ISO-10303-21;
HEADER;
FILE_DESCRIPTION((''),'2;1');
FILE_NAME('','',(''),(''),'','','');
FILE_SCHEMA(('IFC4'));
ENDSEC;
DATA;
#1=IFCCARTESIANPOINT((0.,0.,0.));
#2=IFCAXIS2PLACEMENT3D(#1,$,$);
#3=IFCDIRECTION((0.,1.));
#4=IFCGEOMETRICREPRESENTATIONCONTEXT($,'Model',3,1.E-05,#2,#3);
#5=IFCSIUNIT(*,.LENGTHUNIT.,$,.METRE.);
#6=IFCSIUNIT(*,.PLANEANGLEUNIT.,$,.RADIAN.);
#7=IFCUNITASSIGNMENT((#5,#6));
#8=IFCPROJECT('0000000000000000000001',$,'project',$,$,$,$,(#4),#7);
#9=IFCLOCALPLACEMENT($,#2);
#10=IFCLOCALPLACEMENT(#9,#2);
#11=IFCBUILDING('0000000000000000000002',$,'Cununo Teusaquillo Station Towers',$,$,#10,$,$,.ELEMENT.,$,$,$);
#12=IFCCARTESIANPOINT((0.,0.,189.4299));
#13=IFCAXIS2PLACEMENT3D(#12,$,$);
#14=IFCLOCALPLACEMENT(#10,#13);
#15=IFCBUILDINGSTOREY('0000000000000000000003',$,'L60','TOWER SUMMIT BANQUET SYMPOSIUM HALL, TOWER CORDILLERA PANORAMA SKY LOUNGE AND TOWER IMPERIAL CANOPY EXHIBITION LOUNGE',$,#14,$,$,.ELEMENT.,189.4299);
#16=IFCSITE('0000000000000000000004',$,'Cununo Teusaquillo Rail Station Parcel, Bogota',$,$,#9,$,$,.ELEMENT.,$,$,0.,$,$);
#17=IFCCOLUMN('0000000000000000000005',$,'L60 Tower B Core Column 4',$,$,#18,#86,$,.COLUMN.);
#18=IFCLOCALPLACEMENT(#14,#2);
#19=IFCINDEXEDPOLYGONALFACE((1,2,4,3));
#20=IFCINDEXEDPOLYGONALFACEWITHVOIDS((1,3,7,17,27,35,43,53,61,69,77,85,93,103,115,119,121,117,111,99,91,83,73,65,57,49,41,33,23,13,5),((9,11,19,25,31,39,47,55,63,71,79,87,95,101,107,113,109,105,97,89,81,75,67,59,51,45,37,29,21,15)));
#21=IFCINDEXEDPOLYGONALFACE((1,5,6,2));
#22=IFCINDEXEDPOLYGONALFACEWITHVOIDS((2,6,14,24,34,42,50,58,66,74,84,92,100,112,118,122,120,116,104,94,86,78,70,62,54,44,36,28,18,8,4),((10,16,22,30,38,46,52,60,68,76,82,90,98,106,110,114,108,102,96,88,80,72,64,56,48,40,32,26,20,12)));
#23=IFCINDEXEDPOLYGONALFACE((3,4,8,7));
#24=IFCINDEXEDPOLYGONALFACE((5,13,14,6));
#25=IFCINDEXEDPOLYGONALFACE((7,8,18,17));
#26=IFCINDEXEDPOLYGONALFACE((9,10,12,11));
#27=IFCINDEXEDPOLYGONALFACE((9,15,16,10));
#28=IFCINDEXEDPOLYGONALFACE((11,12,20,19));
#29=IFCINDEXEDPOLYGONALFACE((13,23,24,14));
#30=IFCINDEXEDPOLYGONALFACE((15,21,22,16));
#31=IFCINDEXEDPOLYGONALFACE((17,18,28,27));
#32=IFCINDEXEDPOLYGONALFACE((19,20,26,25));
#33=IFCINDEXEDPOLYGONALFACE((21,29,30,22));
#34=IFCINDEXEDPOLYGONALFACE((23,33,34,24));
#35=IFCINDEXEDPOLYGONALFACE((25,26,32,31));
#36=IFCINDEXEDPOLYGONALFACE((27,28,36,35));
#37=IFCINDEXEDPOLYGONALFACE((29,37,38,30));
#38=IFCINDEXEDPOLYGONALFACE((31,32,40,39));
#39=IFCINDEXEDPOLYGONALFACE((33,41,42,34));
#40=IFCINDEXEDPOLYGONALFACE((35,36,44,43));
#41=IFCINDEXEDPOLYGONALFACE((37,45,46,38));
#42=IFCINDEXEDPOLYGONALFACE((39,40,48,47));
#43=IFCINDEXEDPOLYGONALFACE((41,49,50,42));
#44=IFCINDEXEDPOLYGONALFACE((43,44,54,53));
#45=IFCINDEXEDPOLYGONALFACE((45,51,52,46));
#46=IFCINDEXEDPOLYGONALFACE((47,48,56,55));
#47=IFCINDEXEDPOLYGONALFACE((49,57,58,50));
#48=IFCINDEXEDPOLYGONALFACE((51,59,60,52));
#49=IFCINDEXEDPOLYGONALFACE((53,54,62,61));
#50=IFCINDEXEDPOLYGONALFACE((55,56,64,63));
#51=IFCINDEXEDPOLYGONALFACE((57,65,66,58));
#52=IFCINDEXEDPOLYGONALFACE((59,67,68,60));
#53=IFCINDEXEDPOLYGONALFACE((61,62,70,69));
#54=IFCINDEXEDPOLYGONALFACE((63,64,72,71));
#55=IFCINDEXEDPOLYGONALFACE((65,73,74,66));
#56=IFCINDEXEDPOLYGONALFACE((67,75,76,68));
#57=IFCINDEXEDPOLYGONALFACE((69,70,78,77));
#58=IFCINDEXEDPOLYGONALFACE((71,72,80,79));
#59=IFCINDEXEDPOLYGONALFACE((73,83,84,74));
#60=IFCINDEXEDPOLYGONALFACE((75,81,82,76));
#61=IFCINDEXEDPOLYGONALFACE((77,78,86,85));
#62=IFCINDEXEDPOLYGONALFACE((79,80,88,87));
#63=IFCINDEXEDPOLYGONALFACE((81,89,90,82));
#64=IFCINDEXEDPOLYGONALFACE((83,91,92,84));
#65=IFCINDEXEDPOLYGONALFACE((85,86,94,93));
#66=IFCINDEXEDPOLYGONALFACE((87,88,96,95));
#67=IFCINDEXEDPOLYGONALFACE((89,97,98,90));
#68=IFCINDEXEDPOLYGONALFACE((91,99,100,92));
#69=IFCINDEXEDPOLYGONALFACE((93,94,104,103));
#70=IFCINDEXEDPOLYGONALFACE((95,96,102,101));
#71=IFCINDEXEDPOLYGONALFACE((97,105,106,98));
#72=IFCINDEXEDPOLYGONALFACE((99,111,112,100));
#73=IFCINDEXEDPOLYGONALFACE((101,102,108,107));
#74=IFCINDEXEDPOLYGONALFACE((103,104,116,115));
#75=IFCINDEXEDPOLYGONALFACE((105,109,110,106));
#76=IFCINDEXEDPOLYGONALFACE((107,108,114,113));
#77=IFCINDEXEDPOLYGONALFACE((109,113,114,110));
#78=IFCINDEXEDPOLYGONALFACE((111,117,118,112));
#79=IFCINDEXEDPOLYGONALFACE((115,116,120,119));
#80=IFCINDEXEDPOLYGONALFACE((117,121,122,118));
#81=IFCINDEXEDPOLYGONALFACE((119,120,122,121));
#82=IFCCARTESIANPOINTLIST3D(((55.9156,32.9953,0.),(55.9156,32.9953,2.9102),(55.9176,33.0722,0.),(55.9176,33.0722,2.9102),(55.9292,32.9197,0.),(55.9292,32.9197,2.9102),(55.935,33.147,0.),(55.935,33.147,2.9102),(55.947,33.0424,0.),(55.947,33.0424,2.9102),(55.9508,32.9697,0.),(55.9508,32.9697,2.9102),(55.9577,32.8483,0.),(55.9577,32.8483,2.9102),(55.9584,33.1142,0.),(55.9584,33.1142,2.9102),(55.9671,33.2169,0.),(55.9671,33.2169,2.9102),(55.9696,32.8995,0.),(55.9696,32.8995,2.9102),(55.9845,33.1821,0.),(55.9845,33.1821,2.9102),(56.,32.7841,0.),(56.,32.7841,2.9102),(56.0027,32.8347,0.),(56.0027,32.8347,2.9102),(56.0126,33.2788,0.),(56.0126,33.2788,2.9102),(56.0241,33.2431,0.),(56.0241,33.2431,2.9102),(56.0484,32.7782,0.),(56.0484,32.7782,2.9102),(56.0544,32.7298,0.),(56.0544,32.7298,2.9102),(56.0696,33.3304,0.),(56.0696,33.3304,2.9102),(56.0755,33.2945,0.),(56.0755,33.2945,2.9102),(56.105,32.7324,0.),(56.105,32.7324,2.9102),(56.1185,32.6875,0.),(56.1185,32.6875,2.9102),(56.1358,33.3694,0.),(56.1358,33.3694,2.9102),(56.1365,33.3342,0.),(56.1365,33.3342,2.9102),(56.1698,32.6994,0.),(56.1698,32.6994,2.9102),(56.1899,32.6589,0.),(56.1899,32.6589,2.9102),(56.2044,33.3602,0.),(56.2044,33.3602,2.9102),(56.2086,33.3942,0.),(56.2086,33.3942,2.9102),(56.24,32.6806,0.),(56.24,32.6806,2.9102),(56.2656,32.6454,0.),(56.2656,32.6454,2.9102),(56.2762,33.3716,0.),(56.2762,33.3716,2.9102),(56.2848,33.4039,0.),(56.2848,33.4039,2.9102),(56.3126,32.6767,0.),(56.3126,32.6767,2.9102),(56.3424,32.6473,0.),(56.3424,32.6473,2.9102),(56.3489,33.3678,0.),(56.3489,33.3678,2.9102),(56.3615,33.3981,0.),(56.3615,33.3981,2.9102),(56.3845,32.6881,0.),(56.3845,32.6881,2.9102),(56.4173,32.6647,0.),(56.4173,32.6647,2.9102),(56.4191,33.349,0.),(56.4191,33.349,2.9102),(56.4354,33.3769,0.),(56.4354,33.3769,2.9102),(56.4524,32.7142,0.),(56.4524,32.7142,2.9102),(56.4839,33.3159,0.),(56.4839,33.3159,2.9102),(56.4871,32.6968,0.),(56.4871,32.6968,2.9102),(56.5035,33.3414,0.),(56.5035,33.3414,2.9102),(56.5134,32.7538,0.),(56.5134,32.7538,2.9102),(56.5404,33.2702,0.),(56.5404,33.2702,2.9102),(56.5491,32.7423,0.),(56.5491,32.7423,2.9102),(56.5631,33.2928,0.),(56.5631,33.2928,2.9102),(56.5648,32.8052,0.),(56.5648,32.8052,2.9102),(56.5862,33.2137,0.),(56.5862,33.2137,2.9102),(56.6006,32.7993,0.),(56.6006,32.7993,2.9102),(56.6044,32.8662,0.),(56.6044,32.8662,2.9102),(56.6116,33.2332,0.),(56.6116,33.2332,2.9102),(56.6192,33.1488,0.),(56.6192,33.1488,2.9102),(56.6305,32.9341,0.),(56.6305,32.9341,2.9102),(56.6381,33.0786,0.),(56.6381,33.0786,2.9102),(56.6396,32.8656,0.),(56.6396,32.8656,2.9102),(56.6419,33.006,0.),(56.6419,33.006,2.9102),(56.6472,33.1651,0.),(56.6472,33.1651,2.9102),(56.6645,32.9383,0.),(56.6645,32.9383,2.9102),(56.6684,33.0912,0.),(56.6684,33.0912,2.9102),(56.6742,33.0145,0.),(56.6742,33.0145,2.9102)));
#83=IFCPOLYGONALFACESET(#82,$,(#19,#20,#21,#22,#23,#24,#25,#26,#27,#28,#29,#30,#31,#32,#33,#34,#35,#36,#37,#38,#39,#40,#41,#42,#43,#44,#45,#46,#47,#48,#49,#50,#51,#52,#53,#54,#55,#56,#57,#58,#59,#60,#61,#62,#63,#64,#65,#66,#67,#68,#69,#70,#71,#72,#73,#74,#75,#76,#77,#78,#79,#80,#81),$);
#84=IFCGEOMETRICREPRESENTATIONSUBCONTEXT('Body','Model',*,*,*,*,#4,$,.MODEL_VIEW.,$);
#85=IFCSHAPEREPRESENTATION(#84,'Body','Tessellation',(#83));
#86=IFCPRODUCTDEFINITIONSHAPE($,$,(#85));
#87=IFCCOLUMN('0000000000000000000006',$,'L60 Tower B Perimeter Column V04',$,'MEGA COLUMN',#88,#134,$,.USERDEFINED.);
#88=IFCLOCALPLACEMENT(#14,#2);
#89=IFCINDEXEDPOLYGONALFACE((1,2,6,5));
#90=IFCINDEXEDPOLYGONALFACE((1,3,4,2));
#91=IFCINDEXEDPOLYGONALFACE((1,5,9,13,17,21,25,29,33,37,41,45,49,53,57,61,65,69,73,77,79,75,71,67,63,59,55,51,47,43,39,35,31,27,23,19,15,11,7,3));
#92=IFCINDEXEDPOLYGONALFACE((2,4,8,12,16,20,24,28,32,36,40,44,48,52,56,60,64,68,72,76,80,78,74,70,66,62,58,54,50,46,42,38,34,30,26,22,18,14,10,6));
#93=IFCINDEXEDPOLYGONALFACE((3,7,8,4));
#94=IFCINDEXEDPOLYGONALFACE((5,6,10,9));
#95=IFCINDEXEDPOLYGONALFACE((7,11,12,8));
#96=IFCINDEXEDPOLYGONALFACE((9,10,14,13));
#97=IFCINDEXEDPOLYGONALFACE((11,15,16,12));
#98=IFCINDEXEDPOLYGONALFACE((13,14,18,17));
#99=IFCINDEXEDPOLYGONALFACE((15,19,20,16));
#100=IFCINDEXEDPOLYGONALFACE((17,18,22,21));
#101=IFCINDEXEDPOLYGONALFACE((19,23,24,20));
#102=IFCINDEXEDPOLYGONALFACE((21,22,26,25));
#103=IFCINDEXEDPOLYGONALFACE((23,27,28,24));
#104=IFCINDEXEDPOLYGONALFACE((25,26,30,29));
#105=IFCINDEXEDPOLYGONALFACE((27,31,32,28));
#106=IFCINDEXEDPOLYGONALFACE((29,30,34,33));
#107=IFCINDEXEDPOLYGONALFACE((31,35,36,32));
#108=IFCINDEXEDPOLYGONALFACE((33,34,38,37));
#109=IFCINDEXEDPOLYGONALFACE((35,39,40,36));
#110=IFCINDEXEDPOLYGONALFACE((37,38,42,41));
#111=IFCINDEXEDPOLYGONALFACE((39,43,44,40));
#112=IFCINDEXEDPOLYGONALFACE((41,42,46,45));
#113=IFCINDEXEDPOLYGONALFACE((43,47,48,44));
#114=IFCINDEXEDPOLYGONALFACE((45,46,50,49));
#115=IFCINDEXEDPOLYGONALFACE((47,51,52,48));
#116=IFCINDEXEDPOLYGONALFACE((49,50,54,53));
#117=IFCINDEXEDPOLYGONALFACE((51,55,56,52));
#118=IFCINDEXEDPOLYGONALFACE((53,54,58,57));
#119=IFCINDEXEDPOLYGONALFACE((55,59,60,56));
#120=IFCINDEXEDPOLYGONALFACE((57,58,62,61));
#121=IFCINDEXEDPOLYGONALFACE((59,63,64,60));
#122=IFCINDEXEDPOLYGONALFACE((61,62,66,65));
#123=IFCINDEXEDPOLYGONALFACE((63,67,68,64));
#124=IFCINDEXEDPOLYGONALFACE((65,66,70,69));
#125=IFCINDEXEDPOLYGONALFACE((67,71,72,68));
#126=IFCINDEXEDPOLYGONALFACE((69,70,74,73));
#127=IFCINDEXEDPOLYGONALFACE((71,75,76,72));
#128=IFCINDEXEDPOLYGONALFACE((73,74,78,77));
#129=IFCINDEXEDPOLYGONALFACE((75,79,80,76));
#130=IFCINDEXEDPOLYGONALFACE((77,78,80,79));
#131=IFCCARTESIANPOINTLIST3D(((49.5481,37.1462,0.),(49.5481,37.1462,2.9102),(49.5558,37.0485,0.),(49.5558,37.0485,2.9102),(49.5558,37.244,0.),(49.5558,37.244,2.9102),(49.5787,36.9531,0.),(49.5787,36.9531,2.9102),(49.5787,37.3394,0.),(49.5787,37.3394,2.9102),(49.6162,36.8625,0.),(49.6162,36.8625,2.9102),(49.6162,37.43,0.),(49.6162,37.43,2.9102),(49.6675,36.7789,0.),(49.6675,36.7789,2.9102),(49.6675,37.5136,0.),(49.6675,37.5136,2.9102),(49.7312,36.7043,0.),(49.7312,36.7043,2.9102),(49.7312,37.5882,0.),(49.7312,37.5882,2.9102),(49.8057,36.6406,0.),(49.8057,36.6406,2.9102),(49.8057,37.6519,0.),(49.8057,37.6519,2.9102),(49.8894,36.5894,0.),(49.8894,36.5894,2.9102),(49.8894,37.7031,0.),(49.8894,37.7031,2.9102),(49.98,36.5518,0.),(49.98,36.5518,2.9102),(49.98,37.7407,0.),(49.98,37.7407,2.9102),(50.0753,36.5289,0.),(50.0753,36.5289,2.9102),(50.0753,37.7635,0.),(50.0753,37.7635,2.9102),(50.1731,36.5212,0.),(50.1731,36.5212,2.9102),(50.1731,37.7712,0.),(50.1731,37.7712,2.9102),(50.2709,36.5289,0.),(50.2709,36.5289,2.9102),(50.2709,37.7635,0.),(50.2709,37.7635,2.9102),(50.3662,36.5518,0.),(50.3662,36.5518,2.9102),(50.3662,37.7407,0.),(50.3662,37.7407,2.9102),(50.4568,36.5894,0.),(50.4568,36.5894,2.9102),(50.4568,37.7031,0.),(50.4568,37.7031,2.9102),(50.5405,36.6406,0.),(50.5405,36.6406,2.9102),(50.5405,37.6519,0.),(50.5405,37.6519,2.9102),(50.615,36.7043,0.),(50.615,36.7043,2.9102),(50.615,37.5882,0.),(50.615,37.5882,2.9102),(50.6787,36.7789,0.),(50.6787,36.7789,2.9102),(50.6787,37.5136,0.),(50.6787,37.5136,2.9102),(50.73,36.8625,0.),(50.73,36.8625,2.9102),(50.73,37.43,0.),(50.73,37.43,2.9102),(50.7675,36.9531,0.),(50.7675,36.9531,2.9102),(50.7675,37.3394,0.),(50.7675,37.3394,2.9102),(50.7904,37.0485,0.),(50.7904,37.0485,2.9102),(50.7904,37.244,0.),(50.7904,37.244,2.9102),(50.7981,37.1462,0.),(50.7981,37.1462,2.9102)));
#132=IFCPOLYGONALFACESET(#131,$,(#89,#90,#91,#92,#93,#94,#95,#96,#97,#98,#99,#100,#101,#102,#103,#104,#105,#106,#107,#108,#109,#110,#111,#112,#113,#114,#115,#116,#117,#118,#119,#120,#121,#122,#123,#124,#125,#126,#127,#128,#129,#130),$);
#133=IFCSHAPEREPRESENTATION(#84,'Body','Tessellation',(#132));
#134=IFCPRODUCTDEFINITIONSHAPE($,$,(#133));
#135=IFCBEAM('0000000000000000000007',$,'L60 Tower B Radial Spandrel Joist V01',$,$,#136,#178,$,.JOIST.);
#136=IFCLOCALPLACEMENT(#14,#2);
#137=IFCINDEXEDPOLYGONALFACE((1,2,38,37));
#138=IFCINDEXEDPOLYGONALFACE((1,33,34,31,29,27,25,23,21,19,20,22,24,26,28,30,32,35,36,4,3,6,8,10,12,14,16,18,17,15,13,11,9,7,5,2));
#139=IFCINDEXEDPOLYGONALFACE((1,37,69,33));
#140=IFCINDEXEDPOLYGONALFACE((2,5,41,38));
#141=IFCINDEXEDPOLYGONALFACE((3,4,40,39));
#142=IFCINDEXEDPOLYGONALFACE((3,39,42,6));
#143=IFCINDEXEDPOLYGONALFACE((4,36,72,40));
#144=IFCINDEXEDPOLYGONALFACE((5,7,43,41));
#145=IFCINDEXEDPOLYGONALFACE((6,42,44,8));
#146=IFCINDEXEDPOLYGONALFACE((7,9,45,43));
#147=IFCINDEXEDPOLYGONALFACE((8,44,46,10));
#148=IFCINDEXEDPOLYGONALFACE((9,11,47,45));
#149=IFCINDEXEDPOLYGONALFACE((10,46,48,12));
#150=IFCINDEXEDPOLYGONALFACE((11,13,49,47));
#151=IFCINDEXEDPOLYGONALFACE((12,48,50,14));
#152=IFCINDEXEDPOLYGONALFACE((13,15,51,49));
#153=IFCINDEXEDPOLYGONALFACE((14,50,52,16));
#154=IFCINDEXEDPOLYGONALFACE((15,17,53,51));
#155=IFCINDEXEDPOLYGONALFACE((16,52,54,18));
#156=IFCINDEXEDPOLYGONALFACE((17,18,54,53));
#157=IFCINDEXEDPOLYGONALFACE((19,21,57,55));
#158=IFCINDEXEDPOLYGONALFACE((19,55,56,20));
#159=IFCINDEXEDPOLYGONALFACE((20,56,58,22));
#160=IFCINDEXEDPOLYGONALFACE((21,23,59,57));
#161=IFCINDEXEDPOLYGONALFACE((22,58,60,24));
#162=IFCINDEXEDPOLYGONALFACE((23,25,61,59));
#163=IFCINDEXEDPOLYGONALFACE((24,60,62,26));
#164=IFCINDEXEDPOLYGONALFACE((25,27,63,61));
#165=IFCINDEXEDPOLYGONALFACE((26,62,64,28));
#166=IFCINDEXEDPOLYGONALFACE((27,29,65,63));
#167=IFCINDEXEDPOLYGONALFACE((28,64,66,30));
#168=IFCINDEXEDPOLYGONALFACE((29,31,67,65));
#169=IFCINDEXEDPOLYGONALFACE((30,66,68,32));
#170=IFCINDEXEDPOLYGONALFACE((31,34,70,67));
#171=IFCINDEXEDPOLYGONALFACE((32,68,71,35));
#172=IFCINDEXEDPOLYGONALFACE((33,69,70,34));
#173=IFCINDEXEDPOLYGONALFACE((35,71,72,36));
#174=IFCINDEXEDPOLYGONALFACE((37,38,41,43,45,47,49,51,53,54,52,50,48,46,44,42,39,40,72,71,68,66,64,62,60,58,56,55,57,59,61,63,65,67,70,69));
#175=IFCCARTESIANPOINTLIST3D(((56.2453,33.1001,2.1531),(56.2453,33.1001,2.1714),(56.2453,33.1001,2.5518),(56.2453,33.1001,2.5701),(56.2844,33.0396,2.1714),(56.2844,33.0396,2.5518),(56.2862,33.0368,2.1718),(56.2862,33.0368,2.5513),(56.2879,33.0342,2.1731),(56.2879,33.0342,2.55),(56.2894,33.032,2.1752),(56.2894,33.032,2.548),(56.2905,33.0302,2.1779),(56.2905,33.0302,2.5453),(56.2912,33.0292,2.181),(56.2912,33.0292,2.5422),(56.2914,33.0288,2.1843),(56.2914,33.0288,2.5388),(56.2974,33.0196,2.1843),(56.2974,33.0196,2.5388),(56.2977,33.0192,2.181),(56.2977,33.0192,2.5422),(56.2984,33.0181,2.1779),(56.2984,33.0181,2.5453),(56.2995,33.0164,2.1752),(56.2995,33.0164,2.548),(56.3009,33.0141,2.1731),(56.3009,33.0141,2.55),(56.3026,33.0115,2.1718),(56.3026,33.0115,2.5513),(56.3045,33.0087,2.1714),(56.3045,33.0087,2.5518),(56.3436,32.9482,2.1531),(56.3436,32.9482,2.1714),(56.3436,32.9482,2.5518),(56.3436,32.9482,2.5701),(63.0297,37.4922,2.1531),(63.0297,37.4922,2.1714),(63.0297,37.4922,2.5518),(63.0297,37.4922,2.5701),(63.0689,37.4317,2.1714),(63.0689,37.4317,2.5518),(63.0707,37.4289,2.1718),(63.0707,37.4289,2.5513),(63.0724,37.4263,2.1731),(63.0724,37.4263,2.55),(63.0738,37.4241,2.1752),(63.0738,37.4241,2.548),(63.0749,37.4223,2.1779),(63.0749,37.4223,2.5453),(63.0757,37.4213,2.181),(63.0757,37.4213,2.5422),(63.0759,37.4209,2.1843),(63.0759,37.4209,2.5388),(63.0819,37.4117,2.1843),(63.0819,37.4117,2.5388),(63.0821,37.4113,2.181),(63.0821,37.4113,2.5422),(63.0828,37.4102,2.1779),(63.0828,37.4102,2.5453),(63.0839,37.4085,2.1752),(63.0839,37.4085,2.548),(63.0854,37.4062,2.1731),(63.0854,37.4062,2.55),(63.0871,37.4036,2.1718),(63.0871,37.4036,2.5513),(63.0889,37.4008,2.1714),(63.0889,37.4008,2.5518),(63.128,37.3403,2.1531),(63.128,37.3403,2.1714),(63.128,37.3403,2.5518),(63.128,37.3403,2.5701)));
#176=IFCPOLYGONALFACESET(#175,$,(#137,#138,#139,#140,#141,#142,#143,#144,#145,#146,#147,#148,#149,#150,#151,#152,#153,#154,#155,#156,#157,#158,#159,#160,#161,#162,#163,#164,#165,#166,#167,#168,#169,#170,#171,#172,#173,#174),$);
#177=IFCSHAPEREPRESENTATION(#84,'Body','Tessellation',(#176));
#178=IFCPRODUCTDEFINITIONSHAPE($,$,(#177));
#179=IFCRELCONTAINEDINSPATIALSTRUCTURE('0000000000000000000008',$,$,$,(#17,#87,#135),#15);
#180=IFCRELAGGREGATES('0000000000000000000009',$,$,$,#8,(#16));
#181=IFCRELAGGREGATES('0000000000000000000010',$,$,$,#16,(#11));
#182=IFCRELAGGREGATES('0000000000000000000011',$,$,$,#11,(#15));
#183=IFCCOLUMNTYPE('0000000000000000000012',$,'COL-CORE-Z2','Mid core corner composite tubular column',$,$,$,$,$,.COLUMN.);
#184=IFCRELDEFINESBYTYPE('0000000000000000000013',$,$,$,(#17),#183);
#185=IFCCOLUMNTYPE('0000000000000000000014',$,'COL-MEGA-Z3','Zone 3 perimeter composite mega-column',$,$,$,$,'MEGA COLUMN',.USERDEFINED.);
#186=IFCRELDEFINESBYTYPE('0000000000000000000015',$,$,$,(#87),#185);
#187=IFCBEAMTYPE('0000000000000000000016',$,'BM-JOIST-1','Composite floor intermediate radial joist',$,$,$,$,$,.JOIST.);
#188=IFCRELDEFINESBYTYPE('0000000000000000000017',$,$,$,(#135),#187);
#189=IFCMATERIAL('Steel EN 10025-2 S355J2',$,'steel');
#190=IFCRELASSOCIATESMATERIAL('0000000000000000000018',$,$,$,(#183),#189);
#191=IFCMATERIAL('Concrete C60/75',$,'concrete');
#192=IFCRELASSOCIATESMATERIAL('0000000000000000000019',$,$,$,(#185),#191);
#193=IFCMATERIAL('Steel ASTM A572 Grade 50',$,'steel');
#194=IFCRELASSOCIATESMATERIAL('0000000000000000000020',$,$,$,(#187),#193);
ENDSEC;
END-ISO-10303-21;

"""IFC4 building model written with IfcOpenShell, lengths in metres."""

from ifc_helpers import new_model, si_unit, direction, frame, origin, origin_2d, place, context, subcontext, project, spatial, circle, hollow_circle, i_section, extrude, material, material_profile, profile_set, type_object, element, save


model = new_model("IFC4")

# Units and contexts
model_context = context("Model", 3, precision=1e-05, world=origin(), true_north=direction((0.0, 1.0)))
body_context = subcontext(model_context, "Body", "Model", "MODEL_VIEW")
ifc_project = project(units=[si_unit("LENGTHUNIT", "METRE"), si_unit("PLANEANGLEUNIT", "RADIAN")], contexts=[model_context])

# Site, building, storey
site_placement = place(None, origin())
site = spatial("IfcSite", under=ifc_project, at=site_placement, Name="Cununo Teusaquillo Rail Station Parcel, Bogota", CompositionType="ELEMENT", RefElevation=0.0)
building_placement = place(site_placement, origin())
building = spatial("IfcBuilding", under=site, at=building_placement, Name="Cununo Teusaquillo Station Towers", CompositionType="ELEMENT")
storey_placement = place(building_placement, frame((0.0, 0.0, 189.4299)))
storey = spatial("IfcBuildingStorey", under=building, at=storey_placement, Name="L60", Description="TOWER SUMMIT BANQUET SYMPOSIUM HALL, TOWER CORDILLERA PANORAMA SKY LOUNGE AND TOWER IMPERIAL CANOPY EXHIBITION LOUNGE", CompositionType="ELEMENT", Elevation=189.4299)

# Columns
ifc_material_1 = material(Name="Steel EN 10025-2 S355J2", Category="steel")
ifc_material_profile_1 = material_profile(ifc_material_1, hollow_circle(Radius=0.3799, WallThickness=0.032, at=origin_2d()), Name="CHS 760x32")
ifc_profile_set_1 = profile_set([ifc_material_profile_1], Name="Steel EN 10025-2 S355J2")
column_type_1 = type_object("IfcColumnType", Name="COL-CORE-Z2", Description="Mid core corner composite tubular column", PredefinedType="COLUMN", material=ifc_profile_set_1)
column_1_placement = place(storey_placement, frame((56.2944, 33.0242, 0.0), z_axis=(0.0, 0.0, 1.0), x_axis=(0.707107, 0.707107, 0.0)))
element("IfcColumn", 1, at=column_1_placement, inside=storey, type_object=column_type_1, Name="L60 Tower B Core Column 4", PredefinedType="COLUMN", context=body_context, shape_type="SweptSolid", body=[
    extrude(hollow_circle(Radius=0.3799, WallThickness=0.032, at=origin_2d()), origin(), (0.0, 0.0, 1.0), 2.9102),
])
ifc_material_2 = material(Name="Concrete C60/75", Category="concrete")
ifc_material_profile_2 = material_profile(ifc_material_2, circle(Radius=0.625, at=origin_2d()), Name="RC-CIRC-1250")
ifc_profile_set_2 = profile_set([ifc_material_profile_2], Name="Concrete C60/75")
column_type_2 = type_object("IfcColumnType", Name="COL-MEGA-Z3", Description="Zone 3 perimeter composite mega-column", ElementType="MEGA COLUMN", PredefinedType="USERDEFINED", material=ifc_profile_set_2)
column_2_placement = place(storey_placement, frame((50.1731, 37.1462, 0.0), z_axis=(0.0, 0.0, 1.0), x_axis=(1.0, 0.0, 0.0)))
element("IfcColumn", 2, at=column_2_placement, inside=storey, type_object=column_type_2, Name="L60 Tower B Perimeter Column V04", ObjectType="MEGA COLUMN", PredefinedType="USERDEFINED", context=body_context, shape_type="SweptSolid", body=[
    extrude(circle(Radius=0.625, at=origin_2d()), origin(), (0.0, 0.0, 1.0), 2.9102),
])

# Beam
ifc_material_3 = material(Name="Steel ASTM A572 Grade 50", Category="steel")
ifc_material_profile_3 = material_profile(ifc_material_3, i_section(OverallWidth=0.1809, OverallDepth=0.417, WebThickness=0.011, FlangeThickness=0.0183, FilletRadius=0.0129, at=origin_2d()), Name="W16X57")
ifc_profile_set_3 = profile_set([ifc_material_profile_3], Name="Steel ASTM A572 Grade 50")
beam_type_1 = type_object("IfcBeamType", Name="BM-JOIST-1", Description="Composite floor intermediate radial joist", PredefinedType="JOIST", material=ifc_profile_set_3)
beam_1_placement = place(storey_placement, frame((56.2944, 33.0242, 2.3616), z_axis=(0.839448, 0.54344, 0.0), x_axis=(-0.54344, 0.839448, 0.0)))
element("IfcBeam", 3, at=beam_1_placement, inside=storey, type_object=beam_type_1, Name="L60 Tower B Radial Spandrel Joist V01", PredefinedType="JOIST", context=body_context, shape_type="SweptSolid", body=[
    extrude(i_section(OverallWidth=0.1809, OverallDepth=0.417, WebThickness=0.011, FlangeThickness=0.0183, FilletRadius=0.0129, at=origin_2d()), origin(), (0.0, 0.0, 1.0), 8.082),
])

save(model, "model.ifc")
